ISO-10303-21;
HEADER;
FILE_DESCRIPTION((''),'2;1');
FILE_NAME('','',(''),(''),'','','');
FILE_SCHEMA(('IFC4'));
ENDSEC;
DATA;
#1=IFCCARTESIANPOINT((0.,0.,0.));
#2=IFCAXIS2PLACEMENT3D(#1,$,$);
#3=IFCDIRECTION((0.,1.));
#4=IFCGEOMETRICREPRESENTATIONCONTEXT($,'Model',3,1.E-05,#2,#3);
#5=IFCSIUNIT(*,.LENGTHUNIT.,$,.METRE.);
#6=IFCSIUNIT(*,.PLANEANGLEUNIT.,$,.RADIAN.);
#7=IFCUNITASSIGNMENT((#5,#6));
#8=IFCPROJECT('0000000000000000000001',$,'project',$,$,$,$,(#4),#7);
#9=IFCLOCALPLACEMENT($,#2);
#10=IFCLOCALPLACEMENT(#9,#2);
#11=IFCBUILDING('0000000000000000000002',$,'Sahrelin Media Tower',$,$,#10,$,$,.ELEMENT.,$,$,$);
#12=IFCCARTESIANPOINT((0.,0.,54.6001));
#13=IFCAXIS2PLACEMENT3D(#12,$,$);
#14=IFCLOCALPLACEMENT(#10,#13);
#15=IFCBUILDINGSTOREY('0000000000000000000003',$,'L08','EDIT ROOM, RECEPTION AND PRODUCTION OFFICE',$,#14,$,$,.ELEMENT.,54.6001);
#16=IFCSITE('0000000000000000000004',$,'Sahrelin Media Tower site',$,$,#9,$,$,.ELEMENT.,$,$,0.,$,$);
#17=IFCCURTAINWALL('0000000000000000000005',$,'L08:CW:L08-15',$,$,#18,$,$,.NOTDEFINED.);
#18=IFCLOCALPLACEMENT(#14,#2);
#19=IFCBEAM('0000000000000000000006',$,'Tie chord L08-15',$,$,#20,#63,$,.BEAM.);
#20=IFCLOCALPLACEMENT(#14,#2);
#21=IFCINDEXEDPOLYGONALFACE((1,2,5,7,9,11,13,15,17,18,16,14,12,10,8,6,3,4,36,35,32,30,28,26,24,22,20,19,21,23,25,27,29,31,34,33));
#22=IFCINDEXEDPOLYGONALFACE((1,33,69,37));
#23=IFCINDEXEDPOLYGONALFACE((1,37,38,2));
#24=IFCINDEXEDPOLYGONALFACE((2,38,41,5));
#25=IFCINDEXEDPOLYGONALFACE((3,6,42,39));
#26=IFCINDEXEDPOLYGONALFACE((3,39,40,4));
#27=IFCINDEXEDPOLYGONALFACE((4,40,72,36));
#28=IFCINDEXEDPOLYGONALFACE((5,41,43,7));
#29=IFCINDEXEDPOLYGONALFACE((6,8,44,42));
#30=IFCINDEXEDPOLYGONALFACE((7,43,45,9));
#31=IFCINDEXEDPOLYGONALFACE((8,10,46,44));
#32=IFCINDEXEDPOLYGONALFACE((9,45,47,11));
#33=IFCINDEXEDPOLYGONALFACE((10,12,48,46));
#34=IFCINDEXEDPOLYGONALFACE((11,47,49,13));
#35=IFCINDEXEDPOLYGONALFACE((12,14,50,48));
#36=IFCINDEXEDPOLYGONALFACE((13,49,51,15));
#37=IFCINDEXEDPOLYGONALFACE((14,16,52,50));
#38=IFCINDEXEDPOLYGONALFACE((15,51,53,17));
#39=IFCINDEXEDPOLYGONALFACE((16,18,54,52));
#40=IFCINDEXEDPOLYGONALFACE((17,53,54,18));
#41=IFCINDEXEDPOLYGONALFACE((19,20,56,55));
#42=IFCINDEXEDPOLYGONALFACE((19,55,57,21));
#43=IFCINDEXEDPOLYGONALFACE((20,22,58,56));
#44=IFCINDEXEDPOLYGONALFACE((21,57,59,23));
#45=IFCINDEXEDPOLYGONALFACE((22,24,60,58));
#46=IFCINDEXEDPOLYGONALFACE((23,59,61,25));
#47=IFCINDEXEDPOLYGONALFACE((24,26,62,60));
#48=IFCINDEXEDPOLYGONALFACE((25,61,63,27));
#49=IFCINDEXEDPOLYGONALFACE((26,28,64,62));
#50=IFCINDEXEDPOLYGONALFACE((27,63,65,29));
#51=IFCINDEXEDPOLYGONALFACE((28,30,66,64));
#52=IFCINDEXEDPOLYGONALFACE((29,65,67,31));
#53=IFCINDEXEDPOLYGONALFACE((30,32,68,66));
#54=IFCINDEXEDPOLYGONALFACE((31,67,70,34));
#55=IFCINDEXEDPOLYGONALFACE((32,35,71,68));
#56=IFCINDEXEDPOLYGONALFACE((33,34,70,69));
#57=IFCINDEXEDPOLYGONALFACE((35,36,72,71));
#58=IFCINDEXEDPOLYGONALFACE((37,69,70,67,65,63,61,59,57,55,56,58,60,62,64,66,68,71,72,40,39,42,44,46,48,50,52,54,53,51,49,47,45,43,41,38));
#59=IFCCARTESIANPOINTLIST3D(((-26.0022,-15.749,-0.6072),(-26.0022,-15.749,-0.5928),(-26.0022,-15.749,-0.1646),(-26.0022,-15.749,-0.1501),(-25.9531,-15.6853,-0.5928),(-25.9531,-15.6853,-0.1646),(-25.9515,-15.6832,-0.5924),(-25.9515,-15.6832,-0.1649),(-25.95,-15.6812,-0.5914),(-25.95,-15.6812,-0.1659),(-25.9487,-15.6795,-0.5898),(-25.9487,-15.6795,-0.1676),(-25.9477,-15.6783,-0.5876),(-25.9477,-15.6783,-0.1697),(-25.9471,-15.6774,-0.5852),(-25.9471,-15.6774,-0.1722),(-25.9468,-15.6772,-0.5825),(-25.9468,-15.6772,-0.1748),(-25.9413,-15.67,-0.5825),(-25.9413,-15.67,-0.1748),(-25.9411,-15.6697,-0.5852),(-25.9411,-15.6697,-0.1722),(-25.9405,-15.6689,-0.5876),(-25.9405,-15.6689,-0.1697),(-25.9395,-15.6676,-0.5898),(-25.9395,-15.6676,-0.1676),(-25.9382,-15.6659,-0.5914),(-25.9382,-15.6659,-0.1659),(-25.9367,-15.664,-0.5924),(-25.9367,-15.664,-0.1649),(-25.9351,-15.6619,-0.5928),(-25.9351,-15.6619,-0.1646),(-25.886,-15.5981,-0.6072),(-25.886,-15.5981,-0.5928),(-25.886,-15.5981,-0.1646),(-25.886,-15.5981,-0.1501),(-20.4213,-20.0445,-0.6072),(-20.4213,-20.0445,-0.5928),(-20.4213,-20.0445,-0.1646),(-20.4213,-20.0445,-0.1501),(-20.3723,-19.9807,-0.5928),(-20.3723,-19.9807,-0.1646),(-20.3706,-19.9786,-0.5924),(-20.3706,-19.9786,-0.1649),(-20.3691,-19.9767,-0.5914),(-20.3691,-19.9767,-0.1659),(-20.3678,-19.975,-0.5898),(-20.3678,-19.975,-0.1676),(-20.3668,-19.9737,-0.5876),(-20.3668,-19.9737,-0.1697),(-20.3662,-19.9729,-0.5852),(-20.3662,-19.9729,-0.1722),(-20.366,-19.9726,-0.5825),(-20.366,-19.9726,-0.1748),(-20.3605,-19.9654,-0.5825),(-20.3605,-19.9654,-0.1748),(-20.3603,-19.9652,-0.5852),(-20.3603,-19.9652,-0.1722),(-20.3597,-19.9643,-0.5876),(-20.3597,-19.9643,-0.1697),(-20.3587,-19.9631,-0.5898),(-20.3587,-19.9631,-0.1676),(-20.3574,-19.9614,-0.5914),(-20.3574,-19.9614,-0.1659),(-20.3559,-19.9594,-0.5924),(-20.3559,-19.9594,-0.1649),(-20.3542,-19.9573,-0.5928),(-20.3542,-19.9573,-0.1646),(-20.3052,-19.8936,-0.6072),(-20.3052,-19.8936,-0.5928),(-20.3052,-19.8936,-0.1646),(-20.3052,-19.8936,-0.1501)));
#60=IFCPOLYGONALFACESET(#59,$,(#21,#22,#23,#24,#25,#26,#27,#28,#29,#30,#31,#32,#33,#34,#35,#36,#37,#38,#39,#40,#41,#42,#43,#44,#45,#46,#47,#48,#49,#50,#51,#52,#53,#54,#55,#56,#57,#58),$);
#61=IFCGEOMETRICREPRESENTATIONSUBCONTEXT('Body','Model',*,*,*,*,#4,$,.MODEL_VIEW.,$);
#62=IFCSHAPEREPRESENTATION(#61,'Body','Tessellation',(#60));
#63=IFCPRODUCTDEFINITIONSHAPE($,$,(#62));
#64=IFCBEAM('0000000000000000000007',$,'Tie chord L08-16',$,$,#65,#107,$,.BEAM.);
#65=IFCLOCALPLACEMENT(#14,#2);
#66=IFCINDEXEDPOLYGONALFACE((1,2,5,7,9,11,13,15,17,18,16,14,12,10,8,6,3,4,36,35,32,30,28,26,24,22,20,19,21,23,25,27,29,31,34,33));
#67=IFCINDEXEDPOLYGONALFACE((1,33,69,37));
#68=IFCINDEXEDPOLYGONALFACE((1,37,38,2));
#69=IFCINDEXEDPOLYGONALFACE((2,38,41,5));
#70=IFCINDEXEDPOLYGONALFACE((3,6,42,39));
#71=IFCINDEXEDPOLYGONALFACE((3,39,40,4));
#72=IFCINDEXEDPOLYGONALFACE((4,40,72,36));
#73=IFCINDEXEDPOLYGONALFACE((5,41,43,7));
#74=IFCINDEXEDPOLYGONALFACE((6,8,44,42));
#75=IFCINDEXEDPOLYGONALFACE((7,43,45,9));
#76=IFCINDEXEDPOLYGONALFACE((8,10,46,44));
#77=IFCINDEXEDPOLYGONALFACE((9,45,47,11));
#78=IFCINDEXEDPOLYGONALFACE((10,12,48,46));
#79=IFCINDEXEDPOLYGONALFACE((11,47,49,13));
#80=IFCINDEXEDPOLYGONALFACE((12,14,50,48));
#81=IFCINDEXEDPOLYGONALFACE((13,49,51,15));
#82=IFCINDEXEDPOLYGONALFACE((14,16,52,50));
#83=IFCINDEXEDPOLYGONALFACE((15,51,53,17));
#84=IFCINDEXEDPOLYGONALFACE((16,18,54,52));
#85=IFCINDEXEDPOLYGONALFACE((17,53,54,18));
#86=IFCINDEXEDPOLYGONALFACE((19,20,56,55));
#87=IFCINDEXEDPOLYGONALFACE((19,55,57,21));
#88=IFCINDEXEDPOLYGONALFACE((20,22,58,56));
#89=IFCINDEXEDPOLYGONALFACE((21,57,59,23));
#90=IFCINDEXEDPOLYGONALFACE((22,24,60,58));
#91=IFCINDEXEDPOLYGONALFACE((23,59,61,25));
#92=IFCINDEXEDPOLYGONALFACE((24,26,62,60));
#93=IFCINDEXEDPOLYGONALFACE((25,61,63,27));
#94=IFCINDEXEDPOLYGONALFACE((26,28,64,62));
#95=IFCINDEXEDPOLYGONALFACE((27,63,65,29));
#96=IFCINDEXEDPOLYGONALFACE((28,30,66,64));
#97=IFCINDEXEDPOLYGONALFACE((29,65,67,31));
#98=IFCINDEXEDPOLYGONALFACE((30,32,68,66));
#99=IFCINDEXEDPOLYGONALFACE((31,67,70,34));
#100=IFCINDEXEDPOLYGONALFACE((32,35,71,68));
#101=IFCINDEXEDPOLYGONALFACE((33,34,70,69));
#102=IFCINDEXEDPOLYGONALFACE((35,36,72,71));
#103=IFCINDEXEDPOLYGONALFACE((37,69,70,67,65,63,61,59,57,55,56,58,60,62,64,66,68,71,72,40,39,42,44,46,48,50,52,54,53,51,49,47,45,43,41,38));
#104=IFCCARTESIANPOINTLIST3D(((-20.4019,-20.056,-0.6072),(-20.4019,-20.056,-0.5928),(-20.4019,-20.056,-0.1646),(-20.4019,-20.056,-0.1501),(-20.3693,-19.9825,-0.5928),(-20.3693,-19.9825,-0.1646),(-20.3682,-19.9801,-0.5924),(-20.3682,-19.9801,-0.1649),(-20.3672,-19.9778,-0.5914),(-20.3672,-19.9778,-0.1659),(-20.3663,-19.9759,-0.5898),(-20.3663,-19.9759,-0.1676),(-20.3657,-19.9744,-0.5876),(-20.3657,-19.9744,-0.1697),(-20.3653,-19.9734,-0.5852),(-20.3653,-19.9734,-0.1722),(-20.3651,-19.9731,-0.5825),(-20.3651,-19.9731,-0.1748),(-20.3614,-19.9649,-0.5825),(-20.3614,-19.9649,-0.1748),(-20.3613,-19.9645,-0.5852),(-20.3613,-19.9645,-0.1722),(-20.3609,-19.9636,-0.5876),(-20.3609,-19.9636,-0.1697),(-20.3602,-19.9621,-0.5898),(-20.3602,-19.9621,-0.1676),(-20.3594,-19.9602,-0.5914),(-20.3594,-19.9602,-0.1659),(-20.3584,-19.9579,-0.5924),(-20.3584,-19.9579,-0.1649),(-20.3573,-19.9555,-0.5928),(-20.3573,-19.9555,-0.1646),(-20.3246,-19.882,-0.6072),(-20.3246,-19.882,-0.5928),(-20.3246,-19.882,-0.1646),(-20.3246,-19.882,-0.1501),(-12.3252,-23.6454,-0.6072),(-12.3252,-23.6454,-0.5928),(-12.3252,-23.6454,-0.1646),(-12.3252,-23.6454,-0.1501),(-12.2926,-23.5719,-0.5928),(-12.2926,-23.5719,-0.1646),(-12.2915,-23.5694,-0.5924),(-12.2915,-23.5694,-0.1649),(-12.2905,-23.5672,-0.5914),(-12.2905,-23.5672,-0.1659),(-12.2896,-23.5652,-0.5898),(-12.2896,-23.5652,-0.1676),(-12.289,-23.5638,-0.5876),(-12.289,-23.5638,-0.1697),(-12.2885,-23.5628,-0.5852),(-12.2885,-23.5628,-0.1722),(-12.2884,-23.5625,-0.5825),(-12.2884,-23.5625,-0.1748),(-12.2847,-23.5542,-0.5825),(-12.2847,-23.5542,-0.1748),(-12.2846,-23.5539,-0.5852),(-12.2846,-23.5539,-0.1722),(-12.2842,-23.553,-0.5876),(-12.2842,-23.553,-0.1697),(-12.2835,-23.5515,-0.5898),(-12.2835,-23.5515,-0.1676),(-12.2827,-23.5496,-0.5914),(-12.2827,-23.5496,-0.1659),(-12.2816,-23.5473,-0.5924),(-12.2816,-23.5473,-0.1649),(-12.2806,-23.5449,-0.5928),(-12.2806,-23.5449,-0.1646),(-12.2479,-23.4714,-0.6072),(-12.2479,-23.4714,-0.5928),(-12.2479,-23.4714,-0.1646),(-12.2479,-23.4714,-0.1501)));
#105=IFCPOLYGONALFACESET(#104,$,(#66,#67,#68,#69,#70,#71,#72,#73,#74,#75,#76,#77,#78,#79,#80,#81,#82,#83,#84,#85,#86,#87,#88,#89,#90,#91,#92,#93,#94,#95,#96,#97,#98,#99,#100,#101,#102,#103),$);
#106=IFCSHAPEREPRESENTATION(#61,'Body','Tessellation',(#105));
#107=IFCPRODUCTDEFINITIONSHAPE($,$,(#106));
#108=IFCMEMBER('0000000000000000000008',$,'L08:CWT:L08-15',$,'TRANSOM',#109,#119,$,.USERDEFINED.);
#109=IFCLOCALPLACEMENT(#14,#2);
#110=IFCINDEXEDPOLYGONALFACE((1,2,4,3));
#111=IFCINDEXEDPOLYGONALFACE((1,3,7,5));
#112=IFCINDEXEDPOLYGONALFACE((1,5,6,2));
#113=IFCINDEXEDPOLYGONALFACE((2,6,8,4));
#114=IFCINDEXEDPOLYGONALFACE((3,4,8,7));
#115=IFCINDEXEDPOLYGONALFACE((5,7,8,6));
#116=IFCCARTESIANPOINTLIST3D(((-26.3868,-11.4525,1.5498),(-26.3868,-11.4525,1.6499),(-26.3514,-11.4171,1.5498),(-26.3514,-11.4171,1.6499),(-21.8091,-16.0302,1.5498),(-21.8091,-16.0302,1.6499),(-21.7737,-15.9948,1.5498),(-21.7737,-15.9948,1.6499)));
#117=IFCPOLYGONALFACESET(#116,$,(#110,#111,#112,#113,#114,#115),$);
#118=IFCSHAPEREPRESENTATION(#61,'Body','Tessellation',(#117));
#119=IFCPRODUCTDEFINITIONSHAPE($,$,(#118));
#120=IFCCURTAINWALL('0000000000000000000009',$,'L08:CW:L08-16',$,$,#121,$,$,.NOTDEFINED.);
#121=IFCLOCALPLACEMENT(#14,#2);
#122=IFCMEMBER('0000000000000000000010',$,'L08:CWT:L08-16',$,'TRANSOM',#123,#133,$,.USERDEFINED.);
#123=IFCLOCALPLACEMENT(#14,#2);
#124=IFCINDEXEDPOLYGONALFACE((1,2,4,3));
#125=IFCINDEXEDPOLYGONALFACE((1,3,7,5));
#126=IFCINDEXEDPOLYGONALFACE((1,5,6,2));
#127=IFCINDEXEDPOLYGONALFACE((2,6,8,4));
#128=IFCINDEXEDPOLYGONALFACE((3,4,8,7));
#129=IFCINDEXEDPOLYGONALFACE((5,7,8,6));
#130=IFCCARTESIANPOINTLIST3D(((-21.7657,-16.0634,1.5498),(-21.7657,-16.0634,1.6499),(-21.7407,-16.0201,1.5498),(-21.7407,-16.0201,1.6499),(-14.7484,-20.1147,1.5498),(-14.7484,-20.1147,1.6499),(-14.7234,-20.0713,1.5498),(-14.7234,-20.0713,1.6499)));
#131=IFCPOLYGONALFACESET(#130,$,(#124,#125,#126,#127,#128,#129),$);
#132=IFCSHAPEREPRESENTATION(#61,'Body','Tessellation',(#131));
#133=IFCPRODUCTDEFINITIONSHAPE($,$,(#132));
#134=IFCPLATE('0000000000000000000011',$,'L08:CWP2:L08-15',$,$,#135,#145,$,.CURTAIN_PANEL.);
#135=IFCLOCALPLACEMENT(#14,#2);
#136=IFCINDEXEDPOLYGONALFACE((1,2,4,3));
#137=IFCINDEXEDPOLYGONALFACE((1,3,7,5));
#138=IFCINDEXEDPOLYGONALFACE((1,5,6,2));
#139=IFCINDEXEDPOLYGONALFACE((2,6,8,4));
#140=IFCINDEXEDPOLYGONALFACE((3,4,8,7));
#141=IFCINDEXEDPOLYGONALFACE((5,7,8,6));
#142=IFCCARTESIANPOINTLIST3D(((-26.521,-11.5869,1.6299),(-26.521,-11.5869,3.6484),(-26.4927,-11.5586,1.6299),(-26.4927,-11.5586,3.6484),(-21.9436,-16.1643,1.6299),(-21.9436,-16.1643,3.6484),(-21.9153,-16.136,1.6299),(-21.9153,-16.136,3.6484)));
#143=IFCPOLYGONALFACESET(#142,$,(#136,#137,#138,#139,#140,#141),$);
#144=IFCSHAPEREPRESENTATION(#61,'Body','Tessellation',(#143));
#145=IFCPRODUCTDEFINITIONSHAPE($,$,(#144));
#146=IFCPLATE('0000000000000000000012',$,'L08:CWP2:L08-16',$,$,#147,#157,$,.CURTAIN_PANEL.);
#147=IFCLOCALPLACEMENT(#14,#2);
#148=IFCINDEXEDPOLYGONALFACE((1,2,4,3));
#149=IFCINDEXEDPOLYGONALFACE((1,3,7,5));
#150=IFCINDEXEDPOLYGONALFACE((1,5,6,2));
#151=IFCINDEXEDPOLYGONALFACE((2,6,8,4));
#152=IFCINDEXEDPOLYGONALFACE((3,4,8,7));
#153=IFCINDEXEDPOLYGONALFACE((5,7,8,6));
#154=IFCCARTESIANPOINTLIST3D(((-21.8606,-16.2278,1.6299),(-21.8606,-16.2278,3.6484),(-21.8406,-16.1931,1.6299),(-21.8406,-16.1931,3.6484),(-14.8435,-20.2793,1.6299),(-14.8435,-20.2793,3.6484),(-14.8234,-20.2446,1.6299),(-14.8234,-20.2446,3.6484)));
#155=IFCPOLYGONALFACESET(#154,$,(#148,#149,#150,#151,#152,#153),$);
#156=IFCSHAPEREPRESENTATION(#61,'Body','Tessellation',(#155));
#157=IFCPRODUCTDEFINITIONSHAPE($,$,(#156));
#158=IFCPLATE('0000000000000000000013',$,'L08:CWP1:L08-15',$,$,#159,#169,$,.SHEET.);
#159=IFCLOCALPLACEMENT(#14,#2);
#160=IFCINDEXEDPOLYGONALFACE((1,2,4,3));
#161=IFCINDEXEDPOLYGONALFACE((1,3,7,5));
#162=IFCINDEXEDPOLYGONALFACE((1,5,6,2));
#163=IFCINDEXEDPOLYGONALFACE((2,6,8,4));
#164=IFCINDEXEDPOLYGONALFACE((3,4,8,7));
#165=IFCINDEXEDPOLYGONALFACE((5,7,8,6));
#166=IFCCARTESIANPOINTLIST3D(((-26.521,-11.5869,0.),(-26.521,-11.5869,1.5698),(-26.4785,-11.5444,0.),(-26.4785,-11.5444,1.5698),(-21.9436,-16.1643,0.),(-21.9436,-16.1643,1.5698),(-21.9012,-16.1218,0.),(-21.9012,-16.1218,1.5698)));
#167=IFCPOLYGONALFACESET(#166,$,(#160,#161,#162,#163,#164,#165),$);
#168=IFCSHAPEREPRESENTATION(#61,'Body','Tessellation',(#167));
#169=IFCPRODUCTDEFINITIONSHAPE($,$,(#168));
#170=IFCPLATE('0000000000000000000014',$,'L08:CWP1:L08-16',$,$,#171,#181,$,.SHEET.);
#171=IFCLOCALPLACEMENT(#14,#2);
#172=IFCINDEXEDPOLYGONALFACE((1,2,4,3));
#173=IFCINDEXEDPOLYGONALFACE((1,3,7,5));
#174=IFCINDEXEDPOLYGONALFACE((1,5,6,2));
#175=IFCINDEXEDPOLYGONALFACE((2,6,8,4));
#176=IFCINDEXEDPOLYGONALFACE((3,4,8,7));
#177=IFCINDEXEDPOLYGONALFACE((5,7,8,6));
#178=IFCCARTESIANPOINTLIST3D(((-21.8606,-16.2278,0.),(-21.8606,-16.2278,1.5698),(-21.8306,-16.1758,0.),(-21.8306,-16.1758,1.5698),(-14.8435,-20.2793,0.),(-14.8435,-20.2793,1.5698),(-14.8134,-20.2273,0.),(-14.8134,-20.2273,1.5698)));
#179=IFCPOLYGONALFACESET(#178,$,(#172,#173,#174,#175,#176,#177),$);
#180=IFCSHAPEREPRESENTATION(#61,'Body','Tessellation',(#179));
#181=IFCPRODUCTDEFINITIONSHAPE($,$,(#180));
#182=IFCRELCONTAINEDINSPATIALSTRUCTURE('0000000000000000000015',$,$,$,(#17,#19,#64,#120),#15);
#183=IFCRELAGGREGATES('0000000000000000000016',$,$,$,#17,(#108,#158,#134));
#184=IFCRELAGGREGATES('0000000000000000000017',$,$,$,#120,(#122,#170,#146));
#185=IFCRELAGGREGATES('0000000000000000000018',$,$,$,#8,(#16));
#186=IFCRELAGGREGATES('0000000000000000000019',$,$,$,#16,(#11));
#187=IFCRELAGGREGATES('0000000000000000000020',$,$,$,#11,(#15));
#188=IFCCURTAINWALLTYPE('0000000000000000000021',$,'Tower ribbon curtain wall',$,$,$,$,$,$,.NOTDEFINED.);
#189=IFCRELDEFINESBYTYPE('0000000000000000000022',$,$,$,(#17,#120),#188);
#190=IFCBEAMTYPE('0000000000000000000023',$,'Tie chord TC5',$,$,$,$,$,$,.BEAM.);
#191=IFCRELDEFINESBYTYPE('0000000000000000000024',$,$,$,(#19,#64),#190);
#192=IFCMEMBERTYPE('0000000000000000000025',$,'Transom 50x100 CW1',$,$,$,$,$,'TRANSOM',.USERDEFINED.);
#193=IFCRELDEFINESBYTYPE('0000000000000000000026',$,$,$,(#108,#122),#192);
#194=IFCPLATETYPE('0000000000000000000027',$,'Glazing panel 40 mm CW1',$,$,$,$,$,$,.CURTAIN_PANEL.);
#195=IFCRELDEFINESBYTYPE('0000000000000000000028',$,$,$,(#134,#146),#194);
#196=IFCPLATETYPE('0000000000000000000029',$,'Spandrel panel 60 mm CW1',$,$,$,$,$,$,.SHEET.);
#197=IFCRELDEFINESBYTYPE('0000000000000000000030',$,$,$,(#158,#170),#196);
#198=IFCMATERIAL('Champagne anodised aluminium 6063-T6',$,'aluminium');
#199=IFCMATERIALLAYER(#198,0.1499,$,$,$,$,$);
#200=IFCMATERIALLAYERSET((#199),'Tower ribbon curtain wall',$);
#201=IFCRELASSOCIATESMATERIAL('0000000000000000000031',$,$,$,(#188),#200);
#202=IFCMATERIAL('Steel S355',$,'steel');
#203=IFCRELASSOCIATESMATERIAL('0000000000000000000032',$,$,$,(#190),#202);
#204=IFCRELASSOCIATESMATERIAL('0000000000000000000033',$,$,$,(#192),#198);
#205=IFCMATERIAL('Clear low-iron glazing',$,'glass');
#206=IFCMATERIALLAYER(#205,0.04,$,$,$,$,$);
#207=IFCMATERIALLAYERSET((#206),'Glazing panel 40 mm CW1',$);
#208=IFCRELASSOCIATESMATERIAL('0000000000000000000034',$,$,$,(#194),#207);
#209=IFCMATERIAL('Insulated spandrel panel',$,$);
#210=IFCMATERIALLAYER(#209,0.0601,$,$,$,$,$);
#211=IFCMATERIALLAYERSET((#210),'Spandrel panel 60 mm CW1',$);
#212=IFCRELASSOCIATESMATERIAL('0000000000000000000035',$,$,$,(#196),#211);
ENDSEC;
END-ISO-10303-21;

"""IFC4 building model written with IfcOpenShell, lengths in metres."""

from ifc_helpers import new_model, si_unit, direction, frame, origin, origin_2d, place, context, subcontext, project, spatial, polyline, rectangle, i_section, outline, extrude, material, layer, layer_set, material_profile, profile_set, type_object, element, aggregate, save


model = new_model("IFC4")

# Units and contexts
model_context = context("Model", 3, precision=1e-05, world=origin(), true_north=direction((0.0, 1.0)))
body_context = subcontext(model_context, "Body", "Model", "MODEL_VIEW")
ifc_project = project(units=[si_unit("LENGTHUNIT", "METRE"), si_unit("PLANEANGLEUNIT", "RADIAN")], contexts=[model_context])

# Site, building, storey
site_placement = place(None, origin())
site = spatial("IfcSite", under=ifc_project, at=site_placement, Name="Sahrelin Media Tower site", CompositionType="ELEMENT", RefElevation=0.0)
building_placement = place(site_placement, origin())
building = spatial("IfcBuilding", under=site, at=building_placement, Name="Sahrelin Media Tower", CompositionType="ELEMENT")
storey_placement = place(building_placement, frame((0.0, 0.0, 54.6001)))
storey = spatial("IfcBuildingStorey", under=building, at=storey_placement, Name="L08", Description="EDIT ROOM, RECEPTION AND PRODUCTION OFFICE", CompositionType="ELEMENT", Elevation=54.6001)

# Shared definitions
ifc_material_1 = material(Name="Steel S355", Category="steel")

# Curtain wall
ifc_material_2 = material(Name="Champagne anodised aluminium 6063-T6", Category="aluminium")
ifc_layer_1 = layer(ifc_material_2, 0.1499)
ifc_layer_set_1 = layer_set([ifc_layer_1], Name="Tower ribbon curtain wall")
curtain_wall_type = type_object("IfcCurtainWallType", Name="Tower ribbon curtain wall", PredefinedType="NOTDEFINED", material=ifc_layer_set_1)
curtain_wall_1_placement = place(storey_placement, frame((-24.218, -13.8613, 0.0), z_axis=(0.0, 0.0, 1.0), x_axis=(1.0, 0.0, 0.0)))
curtain_wall_1 = element("IfcCurtainWall", 1, at=curtain_wall_1_placement, inside=storey, type_object=curtain_wall_type, Name="L08:CW:L08-15", PredefinedType="NOTDEFINED")

# Beams
ifc_material_profile_1 = material_profile(ifc_material_1, i_section(OverallWidth=0.1904, OverallDepth=0.457, WebThickness=0.009, FlangeThickness=0.0144, FilletRadius=0.0103, at=origin_2d()), Name="UB 457x191x74")
ifc_profile_set_1 = profile_set([ifc_material_profile_1], Name="Steel S355")
beam_type_1 = type_object("IfcBeamType", Name="Tie chord TC5", PredefinedType="BEAM", material=ifc_profile_set_1)
beam_1_placement = place(storey_placement, frame((-25.9441, -15.6736, -0.3787), z_axis=(0.792454, -0.609932, 0.0), x_axis=(0.609932, 0.792454, 0.0)))
element("IfcBeam", 2, at=beam_1_placement, inside=storey, type_object=beam_type_1, Name="Tie chord L08-15", PredefinedType="BEAM", context=body_context, shape_type="SweptSolid", body=[
    extrude(i_section(OverallWidth=0.1904, OverallDepth=0.457, WebThickness=0.009, FlangeThickness=0.0144, FilletRadius=0.0103, at=origin_2d()), origin(), (0.0, 0.0, 1.0), 7.0425),
])
beam_2_placement = place(storey_placement, frame((-20.3633, -19.969, -0.3787), z_axis=(0.913823, -0.406113, 0.0), x_axis=(0.406113, 0.913823, 0.0)))
element("IfcBeam", 3, at=beam_2_placement, inside=storey, type_object=beam_type_1, Name="Tie chord L08-16", PredefinedType="BEAM", context=body_context, shape_type="SweptSolid", body=[
    extrude(i_section(OverallWidth=0.1904, OverallDepth=0.457, WebThickness=0.009, FlangeThickness=0.0144, FilletRadius=0.0103, at=origin_2d()), origin(), (0.0, 0.0, 1.0), 8.8384),
])

# Member
ifc_material_profile_2 = material_profile(ifc_material_2, rectangle(XDim=0.05, YDim=0.1001, at=origin_2d()), Name="Transom 50x100")
ifc_profile_set_2 = profile_set([ifc_material_profile_2], Name="Champagne anodised aluminium 6063-T6")
member_type_1 = type_object("IfcMemberType", Name="Transom 50x100 CW1", ElementType="TRANSOM", PredefinedType="USERDEFINED", material=ifc_profile_set_2)
member_1_placement = place(storey_placement, frame((-26.3691, -11.4348, 1.5999), z_axis=(0.707107, -0.707107, 0.0), x_axis=(0.707107, 0.707107, 0.0)))
member_1 = element("IfcMember", 4, at=member_1_placement, type_object=member_type_1, Name="L08:CWT:L08-15", ObjectType="TRANSOM", PredefinedType="USERDEFINED", context=body_context, shape_type="SweptSolid", body=[
    extrude(rectangle(XDim=0.05, YDim=0.1001, at=origin_2d()), origin(), (0.0, 0.0, 1.0), 6.4739),
])

# Curtain wall, member
curtain_wall_2_placement = place(storey_placement, frame((-18.342, -18.2363, 0.0), z_axis=(0.0, 0.0, 1.0), x_axis=(1.0, 0.0, 0.0)))
curtain_wall_2 = element("IfcCurtainWall", 5, at=curtain_wall_2_placement, inside=storey, type_object=curtain_wall_type, Name="L08:CW:L08-16", PredefinedType="NOTDEFINED")
member_2_placement = place(storey_placement, frame((-21.7532, -16.0417, 1.5999), z_axis=(0.866036, -0.499982, 0.0), x_axis=(0.499982, 0.866036, 0.0)))
member_2 = element("IfcMember", 6, at=member_2_placement, type_object=member_type_1, Name="L08:CWT:L08-16", ObjectType="TRANSOM", PredefinedType="USERDEFINED", context=body_context, shape_type="SweptSolid", body=[
    extrude(rectangle(XDim=0.05, YDim=0.1001, at=origin_2d()), origin(), (0.0, 0.0, 1.0), 8.1028),
])

# Plates
ifc_material_3 = material(Name="Clear low-iron glazing", Category="glass")
ifc_layer_2 = layer(ifc_material_3, 0.04)
ifc_layer_set_2 = layer_set([ifc_layer_2], Name="Glazing panel 40 mm CW1")
plate_type_1 = type_object("IfcPlateType", Name="Glazing panel 40 mm CW1", PredefinedType="CURTAIN_PANEL", material=ifc_layer_set_2)
plate_1_placement = place(storey_placement, frame((-26.521, -11.5869, 1.6299), z_axis=(-0.707107, -0.707107, 0.0), x_axis=(0.707107, -0.707107, 0.0)))
plate_1 = element("IfcPlate", 7, at=plate_1_placement, type_object=plate_type_1, Name="L08:CWP2:L08-15", PredefinedType="CURTAIN_PANEL", context=body_context, shape_type="SweptSolid", body=[
    extrude(outline(polyline([(0.0, 0.0), (6.4734, 0.0), (6.4734, 2.0186), (0.0, 2.0186), (0.0, 0.0)])), origin(), (0.0, 0.0, -1.0), 0.04),
])
plate_2_placement = place(storey_placement, frame((-21.8606, -16.2278, 1.6299), z_axis=(-0.500018, -0.866015, 0.0), x_axis=(0.866015, -0.500018, 0.0)))
plate_2 = element("IfcPlate", 8, at=plate_2_placement, type_object=plate_type_1, Name="L08:CWP2:L08-16", PredefinedType="CURTAIN_PANEL", context=body_context, shape_type="SweptSolid", body=[
    extrude(outline(polyline([(0.0, 0.0), (8.1028, 0.0), (8.1028, 2.0186), (0.0, 2.0186), (0.0, 0.0)])), origin(), (0.0, 0.0, -1.0), 0.04),
])
ifc_material_4 = material(Name="Insulated spandrel panel")
ifc_layer_3 = layer(ifc_material_4, 0.0601)
ifc_layer_set_3 = layer_set([ifc_layer_3], Name="Spandrel panel 60 mm CW1")
plate_type_2 = type_object("IfcPlateType", Name="Spandrel panel 60 mm CW1", PredefinedType="SHEET", material=ifc_layer_set_3)
plate_3_placement = place(storey_placement, frame((-26.521, -11.5869, 0.0), z_axis=(-0.707107, -0.707107, 0.0), x_axis=(0.707107, -0.707107, 0.0)))
plate_3 = element("IfcPlate", 9, at=plate_3_placement, type_object=plate_type_2, Name="L08:CWP1:L08-15", PredefinedType="SHEET", context=body_context, shape_type="SweptSolid", body=[
    extrude(outline(polyline([(0.0, 0.0), (6.4734, 0.0), (6.4734, 1.5698), (0.0, 1.5698), (0.0, 0.0)])), origin(), (0.0, 0.0, -1.0), 0.0601),
])
aggregate(curtain_wall_1, [member_1, plate_3, plate_1])
plate_4_placement = place(storey_placement, frame((-21.8606, -16.2278, 0.0), z_axis=(-0.500018, -0.866015, 0.0), x_axis=(0.866015, -0.500018, 0.0)))
plate_4 = element("IfcPlate", 10, at=plate_4_placement, type_object=plate_type_2, Name="L08:CWP1:L08-16", PredefinedType="SHEET", context=body_context, shape_type="SweptSolid", body=[
    extrude(outline(polyline([(0.0, 0.0), (8.1028, 0.0), (8.1028, 1.5698), (0.0, 1.5698), (0.0, 0.0)])), origin(), (0.0, 0.0, -1.0), 0.0601),
])
aggregate(curtain_wall_2, [member_2, plate_4, plate_2])

save(model, "model.ifc")
